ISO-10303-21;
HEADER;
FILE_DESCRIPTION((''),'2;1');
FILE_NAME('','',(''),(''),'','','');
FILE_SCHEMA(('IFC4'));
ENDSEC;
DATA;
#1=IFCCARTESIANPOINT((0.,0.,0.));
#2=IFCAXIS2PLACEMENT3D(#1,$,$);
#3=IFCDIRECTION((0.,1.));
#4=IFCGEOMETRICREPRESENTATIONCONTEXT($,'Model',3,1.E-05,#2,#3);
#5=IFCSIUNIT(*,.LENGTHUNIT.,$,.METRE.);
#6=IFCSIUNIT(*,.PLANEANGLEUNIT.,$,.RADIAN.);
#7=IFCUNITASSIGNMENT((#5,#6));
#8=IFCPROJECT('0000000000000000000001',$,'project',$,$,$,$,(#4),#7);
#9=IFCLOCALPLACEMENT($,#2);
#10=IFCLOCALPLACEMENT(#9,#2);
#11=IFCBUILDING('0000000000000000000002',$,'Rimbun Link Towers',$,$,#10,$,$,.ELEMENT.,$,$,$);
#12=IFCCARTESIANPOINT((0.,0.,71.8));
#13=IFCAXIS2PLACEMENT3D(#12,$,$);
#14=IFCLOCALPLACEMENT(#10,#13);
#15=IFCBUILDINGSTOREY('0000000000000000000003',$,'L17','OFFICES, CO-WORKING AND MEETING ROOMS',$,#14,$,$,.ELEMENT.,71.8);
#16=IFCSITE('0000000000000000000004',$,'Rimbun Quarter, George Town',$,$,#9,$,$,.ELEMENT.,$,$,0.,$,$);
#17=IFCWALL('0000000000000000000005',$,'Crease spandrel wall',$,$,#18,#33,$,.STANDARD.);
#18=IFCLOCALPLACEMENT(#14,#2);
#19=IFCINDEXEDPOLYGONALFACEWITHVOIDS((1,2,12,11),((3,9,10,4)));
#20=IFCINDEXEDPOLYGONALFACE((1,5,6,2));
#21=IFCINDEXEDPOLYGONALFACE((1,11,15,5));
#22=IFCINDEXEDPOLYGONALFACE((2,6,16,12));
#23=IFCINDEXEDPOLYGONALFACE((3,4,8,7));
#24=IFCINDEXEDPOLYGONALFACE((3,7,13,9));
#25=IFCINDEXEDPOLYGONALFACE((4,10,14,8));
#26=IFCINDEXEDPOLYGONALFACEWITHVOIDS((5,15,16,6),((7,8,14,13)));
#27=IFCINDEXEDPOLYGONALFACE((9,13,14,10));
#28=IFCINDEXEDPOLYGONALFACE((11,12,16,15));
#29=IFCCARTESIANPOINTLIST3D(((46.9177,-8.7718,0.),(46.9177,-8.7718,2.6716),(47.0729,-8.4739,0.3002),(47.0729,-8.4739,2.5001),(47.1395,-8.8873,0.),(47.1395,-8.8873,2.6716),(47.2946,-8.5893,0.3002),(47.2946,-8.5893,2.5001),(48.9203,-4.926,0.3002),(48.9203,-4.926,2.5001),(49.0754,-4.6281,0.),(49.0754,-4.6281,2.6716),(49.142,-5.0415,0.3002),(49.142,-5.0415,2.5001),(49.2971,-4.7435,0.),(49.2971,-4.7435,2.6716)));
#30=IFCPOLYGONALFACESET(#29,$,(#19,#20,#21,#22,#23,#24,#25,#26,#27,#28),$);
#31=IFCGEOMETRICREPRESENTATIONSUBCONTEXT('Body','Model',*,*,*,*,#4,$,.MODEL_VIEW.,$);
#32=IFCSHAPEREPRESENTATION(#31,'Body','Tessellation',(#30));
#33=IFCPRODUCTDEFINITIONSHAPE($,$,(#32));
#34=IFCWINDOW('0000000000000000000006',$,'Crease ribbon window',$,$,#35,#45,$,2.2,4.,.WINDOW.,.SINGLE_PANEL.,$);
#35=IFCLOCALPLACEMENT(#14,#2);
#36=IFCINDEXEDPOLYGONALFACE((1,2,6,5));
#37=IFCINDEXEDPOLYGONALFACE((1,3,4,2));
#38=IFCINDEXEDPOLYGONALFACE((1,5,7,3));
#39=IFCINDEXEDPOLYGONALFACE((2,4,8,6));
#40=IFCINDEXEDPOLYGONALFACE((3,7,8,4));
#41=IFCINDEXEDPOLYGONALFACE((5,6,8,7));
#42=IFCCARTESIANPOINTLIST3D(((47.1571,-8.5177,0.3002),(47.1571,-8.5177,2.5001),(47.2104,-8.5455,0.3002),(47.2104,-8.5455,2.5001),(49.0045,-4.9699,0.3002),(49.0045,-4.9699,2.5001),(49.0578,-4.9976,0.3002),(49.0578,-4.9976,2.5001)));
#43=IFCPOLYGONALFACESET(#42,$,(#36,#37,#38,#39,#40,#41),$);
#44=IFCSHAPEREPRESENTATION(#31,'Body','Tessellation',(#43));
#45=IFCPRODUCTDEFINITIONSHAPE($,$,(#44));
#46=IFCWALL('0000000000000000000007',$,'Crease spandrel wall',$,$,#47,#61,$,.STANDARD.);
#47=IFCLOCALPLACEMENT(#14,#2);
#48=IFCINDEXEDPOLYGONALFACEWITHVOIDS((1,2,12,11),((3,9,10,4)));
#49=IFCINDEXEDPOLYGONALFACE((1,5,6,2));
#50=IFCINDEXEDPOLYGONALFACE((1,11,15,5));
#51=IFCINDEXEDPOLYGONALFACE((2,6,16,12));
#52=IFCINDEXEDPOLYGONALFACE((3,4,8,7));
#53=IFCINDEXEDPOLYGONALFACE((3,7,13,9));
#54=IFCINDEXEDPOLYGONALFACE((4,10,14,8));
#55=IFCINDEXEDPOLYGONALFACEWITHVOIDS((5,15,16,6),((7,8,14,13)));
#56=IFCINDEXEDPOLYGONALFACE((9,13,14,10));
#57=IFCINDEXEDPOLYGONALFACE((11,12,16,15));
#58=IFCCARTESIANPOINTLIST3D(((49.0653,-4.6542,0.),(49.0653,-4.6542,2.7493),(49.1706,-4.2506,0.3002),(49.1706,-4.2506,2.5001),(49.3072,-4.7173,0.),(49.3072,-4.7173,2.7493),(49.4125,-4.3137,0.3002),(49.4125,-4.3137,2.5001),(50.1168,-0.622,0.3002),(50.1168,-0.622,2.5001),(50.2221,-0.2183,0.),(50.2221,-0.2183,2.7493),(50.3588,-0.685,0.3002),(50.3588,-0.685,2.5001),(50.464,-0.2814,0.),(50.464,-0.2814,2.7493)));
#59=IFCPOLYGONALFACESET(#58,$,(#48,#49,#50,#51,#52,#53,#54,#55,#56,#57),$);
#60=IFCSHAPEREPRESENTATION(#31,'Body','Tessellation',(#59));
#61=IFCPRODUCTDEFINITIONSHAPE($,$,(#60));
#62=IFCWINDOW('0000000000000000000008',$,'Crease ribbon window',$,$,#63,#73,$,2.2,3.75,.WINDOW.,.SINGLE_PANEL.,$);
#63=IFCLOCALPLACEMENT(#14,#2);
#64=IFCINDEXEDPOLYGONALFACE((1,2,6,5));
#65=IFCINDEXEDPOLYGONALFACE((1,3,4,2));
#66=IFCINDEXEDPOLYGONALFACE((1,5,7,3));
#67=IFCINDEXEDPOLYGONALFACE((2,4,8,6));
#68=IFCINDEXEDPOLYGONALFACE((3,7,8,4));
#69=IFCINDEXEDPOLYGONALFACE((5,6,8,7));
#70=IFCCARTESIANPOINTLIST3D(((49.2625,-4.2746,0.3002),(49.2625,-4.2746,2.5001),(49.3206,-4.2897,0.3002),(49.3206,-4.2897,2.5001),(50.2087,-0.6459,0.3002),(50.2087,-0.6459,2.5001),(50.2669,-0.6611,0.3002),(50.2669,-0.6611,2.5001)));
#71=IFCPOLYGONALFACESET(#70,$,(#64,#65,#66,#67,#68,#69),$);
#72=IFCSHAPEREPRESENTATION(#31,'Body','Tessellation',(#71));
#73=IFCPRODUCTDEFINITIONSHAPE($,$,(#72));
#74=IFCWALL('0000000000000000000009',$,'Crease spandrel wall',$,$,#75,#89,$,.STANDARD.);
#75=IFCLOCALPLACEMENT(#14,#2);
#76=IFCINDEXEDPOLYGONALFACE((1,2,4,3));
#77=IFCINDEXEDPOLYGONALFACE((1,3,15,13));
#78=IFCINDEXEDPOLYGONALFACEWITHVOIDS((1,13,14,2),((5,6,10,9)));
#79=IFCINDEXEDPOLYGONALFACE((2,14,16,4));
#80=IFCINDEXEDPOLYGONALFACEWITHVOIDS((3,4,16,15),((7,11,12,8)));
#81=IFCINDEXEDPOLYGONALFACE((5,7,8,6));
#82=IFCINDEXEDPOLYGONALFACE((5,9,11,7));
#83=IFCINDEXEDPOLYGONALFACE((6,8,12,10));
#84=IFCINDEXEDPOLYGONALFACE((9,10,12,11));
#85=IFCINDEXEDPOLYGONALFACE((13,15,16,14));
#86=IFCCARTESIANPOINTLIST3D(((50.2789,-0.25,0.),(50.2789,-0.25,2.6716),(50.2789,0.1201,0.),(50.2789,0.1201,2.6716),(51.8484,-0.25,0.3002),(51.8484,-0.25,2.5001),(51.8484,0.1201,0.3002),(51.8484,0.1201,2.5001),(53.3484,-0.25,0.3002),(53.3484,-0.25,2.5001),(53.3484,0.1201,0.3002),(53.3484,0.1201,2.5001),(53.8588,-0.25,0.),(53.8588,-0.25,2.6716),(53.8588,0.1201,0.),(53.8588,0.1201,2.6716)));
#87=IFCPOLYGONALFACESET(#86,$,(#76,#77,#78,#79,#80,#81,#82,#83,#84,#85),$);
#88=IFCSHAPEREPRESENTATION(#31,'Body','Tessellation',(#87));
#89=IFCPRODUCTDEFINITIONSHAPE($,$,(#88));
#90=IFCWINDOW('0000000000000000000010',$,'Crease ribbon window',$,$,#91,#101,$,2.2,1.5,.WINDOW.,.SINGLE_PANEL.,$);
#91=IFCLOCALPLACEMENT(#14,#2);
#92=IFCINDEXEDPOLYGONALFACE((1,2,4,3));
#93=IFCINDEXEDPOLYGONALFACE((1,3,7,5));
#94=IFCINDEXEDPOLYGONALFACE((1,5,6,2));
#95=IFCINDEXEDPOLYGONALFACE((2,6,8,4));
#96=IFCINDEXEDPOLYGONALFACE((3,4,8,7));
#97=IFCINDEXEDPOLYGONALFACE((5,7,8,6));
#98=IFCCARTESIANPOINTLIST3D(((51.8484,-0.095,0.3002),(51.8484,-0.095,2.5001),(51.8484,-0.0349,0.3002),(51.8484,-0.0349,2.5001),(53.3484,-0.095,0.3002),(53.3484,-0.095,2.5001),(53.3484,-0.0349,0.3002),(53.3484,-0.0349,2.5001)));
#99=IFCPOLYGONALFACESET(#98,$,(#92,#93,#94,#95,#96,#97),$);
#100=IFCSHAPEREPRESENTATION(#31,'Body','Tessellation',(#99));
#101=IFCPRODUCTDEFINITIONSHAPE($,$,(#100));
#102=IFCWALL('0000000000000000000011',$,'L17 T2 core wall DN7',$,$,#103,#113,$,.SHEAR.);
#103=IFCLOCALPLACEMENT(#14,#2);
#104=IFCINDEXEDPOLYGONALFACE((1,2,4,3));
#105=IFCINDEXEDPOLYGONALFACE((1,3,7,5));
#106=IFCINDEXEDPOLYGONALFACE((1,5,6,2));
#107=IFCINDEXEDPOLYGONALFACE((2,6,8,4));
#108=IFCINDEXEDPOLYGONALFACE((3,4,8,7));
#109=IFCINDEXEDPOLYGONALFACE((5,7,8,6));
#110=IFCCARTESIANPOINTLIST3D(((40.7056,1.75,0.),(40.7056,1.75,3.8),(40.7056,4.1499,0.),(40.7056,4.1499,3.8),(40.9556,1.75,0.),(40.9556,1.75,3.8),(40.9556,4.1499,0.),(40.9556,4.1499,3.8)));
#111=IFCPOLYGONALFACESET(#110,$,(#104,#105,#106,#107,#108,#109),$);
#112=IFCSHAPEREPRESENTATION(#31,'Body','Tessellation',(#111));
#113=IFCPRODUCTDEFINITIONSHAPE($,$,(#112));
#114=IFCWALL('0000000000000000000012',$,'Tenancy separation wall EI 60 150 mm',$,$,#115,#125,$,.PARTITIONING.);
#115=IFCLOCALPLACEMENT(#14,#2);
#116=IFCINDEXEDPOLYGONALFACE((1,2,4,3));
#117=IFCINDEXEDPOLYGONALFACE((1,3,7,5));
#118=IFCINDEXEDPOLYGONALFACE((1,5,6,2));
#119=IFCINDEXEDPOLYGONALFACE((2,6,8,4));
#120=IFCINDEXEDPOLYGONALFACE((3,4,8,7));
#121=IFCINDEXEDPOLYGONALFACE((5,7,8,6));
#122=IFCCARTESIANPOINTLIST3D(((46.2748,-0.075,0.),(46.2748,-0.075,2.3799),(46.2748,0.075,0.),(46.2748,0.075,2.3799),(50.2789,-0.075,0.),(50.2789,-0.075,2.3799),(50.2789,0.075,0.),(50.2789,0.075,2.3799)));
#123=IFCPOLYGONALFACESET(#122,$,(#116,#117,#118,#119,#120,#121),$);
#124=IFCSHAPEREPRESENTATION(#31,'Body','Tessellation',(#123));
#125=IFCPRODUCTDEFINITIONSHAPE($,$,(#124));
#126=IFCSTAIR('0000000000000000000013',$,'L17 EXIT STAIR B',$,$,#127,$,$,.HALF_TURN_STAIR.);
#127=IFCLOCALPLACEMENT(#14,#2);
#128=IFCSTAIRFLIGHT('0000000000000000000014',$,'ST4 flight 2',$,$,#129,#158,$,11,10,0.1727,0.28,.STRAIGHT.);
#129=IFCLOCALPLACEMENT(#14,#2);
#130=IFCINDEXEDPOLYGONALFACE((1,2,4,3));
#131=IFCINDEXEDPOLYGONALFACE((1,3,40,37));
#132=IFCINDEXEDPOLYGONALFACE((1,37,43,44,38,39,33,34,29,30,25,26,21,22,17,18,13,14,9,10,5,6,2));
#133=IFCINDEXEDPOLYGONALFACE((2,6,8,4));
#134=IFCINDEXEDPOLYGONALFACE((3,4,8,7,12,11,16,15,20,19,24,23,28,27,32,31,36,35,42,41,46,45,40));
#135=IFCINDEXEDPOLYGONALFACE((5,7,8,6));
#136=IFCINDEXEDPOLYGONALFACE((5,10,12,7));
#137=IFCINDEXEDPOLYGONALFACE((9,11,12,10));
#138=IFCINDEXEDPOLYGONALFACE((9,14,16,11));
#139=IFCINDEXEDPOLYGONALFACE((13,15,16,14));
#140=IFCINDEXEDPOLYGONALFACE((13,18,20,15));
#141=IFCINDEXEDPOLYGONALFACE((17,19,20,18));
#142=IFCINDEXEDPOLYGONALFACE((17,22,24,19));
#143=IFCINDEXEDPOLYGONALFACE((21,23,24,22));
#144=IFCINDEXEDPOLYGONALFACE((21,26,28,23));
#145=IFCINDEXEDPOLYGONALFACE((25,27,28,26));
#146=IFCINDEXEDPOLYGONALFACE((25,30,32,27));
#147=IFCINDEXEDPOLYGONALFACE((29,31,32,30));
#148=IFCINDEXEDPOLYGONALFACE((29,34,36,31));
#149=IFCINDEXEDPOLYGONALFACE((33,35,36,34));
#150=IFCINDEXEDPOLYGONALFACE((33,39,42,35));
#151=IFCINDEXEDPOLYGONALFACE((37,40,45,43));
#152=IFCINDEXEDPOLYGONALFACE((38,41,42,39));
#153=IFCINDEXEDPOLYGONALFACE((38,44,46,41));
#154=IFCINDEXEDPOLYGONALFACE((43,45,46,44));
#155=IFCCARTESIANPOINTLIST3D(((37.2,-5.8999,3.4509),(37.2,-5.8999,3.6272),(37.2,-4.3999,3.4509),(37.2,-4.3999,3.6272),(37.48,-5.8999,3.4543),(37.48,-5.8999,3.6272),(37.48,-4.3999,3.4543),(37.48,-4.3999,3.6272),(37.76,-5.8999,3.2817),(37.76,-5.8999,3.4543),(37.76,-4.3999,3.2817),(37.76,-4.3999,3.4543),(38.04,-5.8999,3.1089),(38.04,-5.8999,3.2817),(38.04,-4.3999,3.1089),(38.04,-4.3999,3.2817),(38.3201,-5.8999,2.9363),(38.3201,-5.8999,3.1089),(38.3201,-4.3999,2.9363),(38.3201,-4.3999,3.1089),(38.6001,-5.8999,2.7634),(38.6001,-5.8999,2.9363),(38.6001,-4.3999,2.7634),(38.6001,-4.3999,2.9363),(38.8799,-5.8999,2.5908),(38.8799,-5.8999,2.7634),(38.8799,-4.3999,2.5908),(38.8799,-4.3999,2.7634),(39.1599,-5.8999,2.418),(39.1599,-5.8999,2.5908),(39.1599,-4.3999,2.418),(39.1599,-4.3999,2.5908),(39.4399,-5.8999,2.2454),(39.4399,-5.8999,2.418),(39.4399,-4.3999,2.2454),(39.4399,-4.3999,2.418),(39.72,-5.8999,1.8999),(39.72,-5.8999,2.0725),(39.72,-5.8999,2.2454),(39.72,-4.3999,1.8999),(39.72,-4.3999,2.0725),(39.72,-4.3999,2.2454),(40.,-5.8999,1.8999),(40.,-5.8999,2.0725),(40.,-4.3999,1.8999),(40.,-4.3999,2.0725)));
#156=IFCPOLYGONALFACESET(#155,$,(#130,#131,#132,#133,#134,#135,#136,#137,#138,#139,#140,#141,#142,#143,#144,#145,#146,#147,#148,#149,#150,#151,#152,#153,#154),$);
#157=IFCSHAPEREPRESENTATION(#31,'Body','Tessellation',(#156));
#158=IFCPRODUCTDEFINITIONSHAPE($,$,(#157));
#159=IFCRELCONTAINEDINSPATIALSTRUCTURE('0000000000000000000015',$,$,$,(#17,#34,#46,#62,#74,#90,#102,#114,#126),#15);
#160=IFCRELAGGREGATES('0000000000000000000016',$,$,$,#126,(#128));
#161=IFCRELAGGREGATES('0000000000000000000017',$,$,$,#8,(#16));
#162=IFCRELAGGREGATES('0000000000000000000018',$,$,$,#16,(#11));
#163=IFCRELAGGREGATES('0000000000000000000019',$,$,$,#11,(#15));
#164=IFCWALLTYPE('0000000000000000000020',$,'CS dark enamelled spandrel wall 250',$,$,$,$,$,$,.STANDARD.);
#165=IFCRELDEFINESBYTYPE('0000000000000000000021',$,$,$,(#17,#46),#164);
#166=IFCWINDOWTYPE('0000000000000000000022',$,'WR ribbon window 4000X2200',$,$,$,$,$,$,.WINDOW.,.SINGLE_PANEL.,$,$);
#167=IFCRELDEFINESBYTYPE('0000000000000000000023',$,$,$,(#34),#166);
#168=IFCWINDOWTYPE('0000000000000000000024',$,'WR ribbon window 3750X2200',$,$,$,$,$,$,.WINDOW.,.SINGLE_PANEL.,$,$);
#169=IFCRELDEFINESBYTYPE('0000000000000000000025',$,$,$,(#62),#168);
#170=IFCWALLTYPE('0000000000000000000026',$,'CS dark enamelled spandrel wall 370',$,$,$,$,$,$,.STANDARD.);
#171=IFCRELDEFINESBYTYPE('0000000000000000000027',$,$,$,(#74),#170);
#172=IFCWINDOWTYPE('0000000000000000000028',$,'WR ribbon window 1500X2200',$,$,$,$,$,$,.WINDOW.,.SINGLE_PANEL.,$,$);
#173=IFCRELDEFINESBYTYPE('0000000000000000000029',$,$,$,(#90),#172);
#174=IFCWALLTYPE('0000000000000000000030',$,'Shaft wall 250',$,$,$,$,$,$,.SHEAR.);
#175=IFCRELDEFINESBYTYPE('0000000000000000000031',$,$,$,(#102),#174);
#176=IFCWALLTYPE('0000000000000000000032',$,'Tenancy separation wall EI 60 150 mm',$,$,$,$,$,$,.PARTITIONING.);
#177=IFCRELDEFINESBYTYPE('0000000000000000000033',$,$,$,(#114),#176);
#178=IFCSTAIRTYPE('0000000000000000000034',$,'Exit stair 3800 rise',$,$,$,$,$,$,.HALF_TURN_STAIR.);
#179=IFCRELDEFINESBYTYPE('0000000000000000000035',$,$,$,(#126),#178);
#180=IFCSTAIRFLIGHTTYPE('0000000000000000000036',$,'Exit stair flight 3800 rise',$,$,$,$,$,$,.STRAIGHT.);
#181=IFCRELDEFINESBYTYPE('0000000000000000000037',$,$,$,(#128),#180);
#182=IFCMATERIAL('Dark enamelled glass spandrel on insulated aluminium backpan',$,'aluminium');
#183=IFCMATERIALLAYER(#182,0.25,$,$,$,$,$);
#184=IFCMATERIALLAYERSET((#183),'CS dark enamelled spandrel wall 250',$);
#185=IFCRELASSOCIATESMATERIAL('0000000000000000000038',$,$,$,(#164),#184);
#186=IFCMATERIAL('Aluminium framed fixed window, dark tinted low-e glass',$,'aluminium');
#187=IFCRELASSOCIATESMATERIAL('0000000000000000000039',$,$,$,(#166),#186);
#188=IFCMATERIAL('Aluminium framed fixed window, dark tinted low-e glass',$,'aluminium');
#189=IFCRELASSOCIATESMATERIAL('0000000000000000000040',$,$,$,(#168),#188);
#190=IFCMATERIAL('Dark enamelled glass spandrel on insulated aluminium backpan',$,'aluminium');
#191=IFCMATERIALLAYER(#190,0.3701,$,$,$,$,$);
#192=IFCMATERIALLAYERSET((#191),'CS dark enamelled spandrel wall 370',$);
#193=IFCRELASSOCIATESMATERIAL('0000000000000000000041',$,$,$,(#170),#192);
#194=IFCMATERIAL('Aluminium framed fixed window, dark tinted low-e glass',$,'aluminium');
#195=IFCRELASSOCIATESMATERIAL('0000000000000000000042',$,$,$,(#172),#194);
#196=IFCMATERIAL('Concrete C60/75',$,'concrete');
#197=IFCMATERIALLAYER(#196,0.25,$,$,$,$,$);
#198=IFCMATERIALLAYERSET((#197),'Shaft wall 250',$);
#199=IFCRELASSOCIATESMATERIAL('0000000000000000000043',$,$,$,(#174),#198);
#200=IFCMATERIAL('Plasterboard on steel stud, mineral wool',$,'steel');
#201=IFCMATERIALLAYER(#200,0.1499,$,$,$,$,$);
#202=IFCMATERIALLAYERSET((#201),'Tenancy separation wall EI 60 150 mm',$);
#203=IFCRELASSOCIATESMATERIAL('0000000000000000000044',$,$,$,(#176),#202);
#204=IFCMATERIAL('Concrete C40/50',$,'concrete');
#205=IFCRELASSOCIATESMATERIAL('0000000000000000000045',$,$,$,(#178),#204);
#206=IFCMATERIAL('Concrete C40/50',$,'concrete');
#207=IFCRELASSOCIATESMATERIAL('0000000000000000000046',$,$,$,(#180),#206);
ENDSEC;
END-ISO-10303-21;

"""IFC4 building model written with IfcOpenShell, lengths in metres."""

from ifc_helpers import new_model, si_unit, direction, frame, frame_2d, origin, place, context, subcontext, project, spatial, polyline, rectangle, outline, extrude, material, layer, layer_set, type_object, element, fill, aggregate, save


model = new_model("IFC4")

# Units and contexts
model_context = context("Model", 3, precision=1e-05, world=origin(), true_north=direction((0.0, 1.0)))
body_context = subcontext(model_context, "Body", "Model", "MODEL_VIEW")
ifc_project = project(units=[si_unit("LENGTHUNIT", "METRE"), si_unit("PLANEANGLEUNIT", "RADIAN")], contexts=[model_context])

# Site, building, storey
site_placement = place(None, origin())
site = spatial("IfcSite", under=ifc_project, at=site_placement, Name="Rimbun Quarter, George Town", CompositionType="ELEMENT", RefElevation=0.0)
building_placement = place(site_placement, origin())
building = spatial("IfcBuilding", under=site, at=building_placement, Name="Rimbun Link Towers", CompositionType="ELEMENT")
storey_placement = place(building_placement, frame((0.0, 0.0, 71.8)))
storey = spatial("IfcBuildingStorey", under=building, at=storey_placement, Name="L17", Description="OFFICES, CO-WORKING AND MEETING ROOMS", CompositionType="ELEMENT", Elevation=71.8)

# Walls, openings, windows
ifc_material_1 = material(Name="Dark enamelled glass spandrel on insulated aluminium backpan", Category="aluminium")
ifc_layer_1 = layer(ifc_material_1, 0.25)
ifc_layer_set_1 = layer_set([ifc_layer_1], Name="CS dark enamelled spandrel wall 250")
wall_type_1 = type_object("IfcWallType", Name="CS dark enamelled spandrel wall 250", PredefinedType="STANDARD", material=ifc_layer_set_1)
wall_1_placement = place(storey_placement, frame((49.1863, -4.6858, 0.0), z_axis=(0.0, 0.0, 1.0), x_axis=(-0.461848, -0.886959, 0.0)))
wall_1 = element("IfcWall", 1, at=wall_1_placement, inside=storey, type_object=wall_type_1, Name="Crease spandrel wall", PredefinedType="STANDARD", context=body_context, shape_type="SweptSolid", body=[
    extrude(rectangle(XDim=4.6719, YDim=0.25, at=frame_2d((2.3359, 0.0))), origin(), (0.0, 0.0, 1.0), 2.6716),
])
opening_1_placement = place(wall_1_placement, frame((0.3359, 0.0, 0.3)))
opening_1 = element("IfcOpeningElement", 2, at=opening_1_placement, cuts=wall_1, PredefinedType="OPENING", context=body_context, shape_type="SweptSolid", body=[
    extrude(rectangle(XDim=4.0, YDim=2.2, at=frame_2d((2.0, 1.1001))), frame((0.0, 0.135, 0.0), z_axis=(0.0, -1.0, 0.0), x_axis=(1.0, 0.0, 0.0)), (0.0, 0.0, 1.0), 0.27),
])
ifc_material_2 = material(Name="Aluminium framed fixed window, dark tinted low-e glass", Category="aluminium")
window_type_1 = type_object("IfcWindowType", Name="WR ribbon window 4000X2200", PartitioningType="SINGLE_PANEL", PredefinedType="WINDOW", material=ifc_material_2)
window_1_placement = place(opening_1_placement, origin())
window_1 = element("IfcWindow", 3, at=window_1_placement, inside=storey, type_object=window_type_1, Name="Crease ribbon window", OverallHeight=2.2, OverallWidth=4.0, PartitioningType="SINGLE_PANEL", PredefinedType="WINDOW", context=body_context, shape_type="SweptSolid", body=[
    extrude(rectangle(XDim=4.0, YDim=2.2, at=frame_2d((2.0, 1.1001))), frame((0.0, 0.03, 0.0), z_axis=(0.0, -1.0, 0.0), x_axis=(1.0, 0.0, 0.0)), (0.0, 0.0, 1.0), 0.0601),
])
fill(opening_1, window_1)
wall_2_placement = place(storey_placement, frame((50.343, -0.25, 0.0), z_axis=(0.0, 0.0, 1.0), x_axis=(-0.252335, -0.96764, 0.0)))
wall_2 = element("IfcWall", 4, at=wall_2_placement, inside=storey, type_object=wall_type_1, Name="Crease spandrel wall", PredefinedType="STANDARD", context=body_context, shape_type="SweptSolid", body=[
    extrude(rectangle(XDim=4.5842, YDim=0.25, at=frame_2d((2.292, 0.0))), origin(), (0.0, 0.0, 1.0), 2.7493),
])
opening_2_placement = place(wall_2_placement, frame((0.417, 0.0, 0.3)))
opening_2 = element("IfcOpeningElement", 5, at=opening_2_placement, cuts=wall_2, PredefinedType="OPENING", context=body_context, shape_type="SweptSolid", body=[
    extrude(rectangle(XDim=3.75, YDim=2.2, at=frame_2d((1.875, 1.1001))), frame((0.0, 0.135, 0.0), z_axis=(0.0, -1.0, 0.0), x_axis=(1.0, 0.0, 0.0)), (0.0, 0.0, 1.0), 0.27),
])
ifc_material_3 = material(Name="Aluminium framed fixed window, dark tinted low-e glass", Category="aluminium")
window_type_2 = type_object("IfcWindowType", Name="WR ribbon window 3750X2200", PartitioningType="SINGLE_PANEL", PredefinedType="WINDOW", material=ifc_material_3)
window_2_placement = place(opening_2_placement, origin())
window_2 = element("IfcWindow", 6, at=window_2_placement, inside=storey, type_object=window_type_2, Name="Crease ribbon window", OverallHeight=2.2, OverallWidth=3.75, PartitioningType="SINGLE_PANEL", PredefinedType="WINDOW", context=body_context, shape_type="SweptSolid", body=[
    extrude(rectangle(XDim=3.75, YDim=2.2, at=frame_2d((1.875, 1.1001))), frame((0.0, 0.03, 0.0), z_axis=(0.0, -1.0, 0.0), x_axis=(1.0, 0.0, 0.0)), (0.0, 0.0, 1.0), 0.0601),
])
fill(opening_2, window_2)
ifc_material_4 = material(Name="Dark enamelled glass spandrel on insulated aluminium backpan", Category="aluminium")
ifc_layer_2 = layer(ifc_material_4, 0.3701)
ifc_layer_set_2 = layer_set([ifc_layer_2], Name="CS dark enamelled spandrel wall 370")
wall_type_2 = type_object("IfcWallType", Name="CS dark enamelled spandrel wall 370", PredefinedType="STANDARD", material=ifc_layer_set_2)
wall_3_placement = place(storey_placement, frame((53.8589, -0.0649, 0.0), z_axis=(0.0, 0.0, 1.0), x_axis=(-1.0, 0.0, 0.0)))
wall_3 = element("IfcWall", 7, at=wall_3_placement, inside=storey, type_object=wall_type_2, Name="Crease spandrel wall", PredefinedType="STANDARD", context=body_context, shape_type="SweptSolid", body=[
    extrude(rectangle(XDim=3.5798, YDim=0.3701, at=frame_2d((1.79, 0.0))), origin(), (0.0, 0.0, 1.0), 2.6716),
])
opening_3_placement = place(wall_3_placement, frame((0.5105, 0.0, 0.3)))
opening_3 = element("IfcOpeningElement", 8, at=opening_3_placement, cuts=wall_3, PredefinedType="OPENING", context=body_context, shape_type="SweptSolid", body=[
    extrude(rectangle(XDim=1.5, YDim=2.2, at=frame_2d((0.75, 1.1001))), frame((0.0, 0.1951, 0.0), z_axis=(0.0, -1.0, 0.0), x_axis=(1.0, 0.0, 0.0)), (0.0, 0.0, 1.0), 0.3901),
])
ifc_material_5 = material(Name="Aluminium framed fixed window, dark tinted low-e glass", Category="aluminium")
window_type_3 = type_object("IfcWindowType", Name="WR ribbon window 1500X2200", PartitioningType="SINGLE_PANEL", PredefinedType="WINDOW", material=ifc_material_5)
window_3_placement = place(opening_3_placement, origin())
window_3 = element("IfcWindow", 9, at=window_3_placement, inside=storey, type_object=window_type_3, Name="Crease ribbon window", OverallHeight=2.2, OverallWidth=1.5, PartitioningType="SINGLE_PANEL", PredefinedType="WINDOW", context=body_context, shape_type="SweptSolid", body=[
    extrude(rectangle(XDim=1.5, YDim=2.2, at=frame_2d((0.75, 1.1001))), frame((0.0, 0.03, 0.0), z_axis=(0.0, -1.0, 0.0), x_axis=(1.0, 0.0, 0.0)), (0.0, 0.0, 1.0), 0.0601),
])
fill(opening_3, window_3)

# Walls
ifc_material_6 = material(Name="Concrete C60/75", Category="concrete")
ifc_layer_3 = layer(ifc_material_6, 0.25)
ifc_layer_set_3 = layer_set([ifc_layer_3], Name="Shaft wall 250")
wall_type_3 = type_object("IfcWallType", Name="Shaft wall 250", PredefinedType="SHEAR", material=ifc_layer_set_3)
wall_4_placement = place(storey_placement, frame((40.8306, 1.75, 0.0), z_axis=(0.0, 0.0, 1.0), x_axis=(0.0, 1.0, 0.0)))
element("IfcWall", 10, at=wall_4_placement, inside=storey, type_object=wall_type_3, Name="L17 T2 core wall DN7", PredefinedType="SHEAR", context=body_context, shape_type="SweptSolid", body=[
    extrude(rectangle(XDim=2.3999, YDim=0.25, at=frame_2d((1.2, 0.0))), origin(), (0.0, 0.0, 1.0), 3.8),
])
ifc_material_7 = material(Name="Plasterboard on steel stud, mineral wool", Category="steel")
ifc_layer_4 = layer(ifc_material_7, 0.1499)
ifc_layer_set_4 = layer_set([ifc_layer_4], Name="Tenancy separation wall EI 60 150 mm")
wall_type_4 = type_object("IfcWallType", Name="Tenancy separation wall EI 60 150 mm", PredefinedType="PARTITIONING", material=ifc_layer_set_4)
wall_5_placement = place(storey_placement, frame((46.2749, 0.0, 0.0), z_axis=(0.0, 0.0, 1.0), x_axis=(1.0, 0.0, 0.0)))
element("IfcWall", 11, at=wall_5_placement, inside=storey, type_object=wall_type_4, Name="Tenancy separation wall EI 60 150 mm", PredefinedType="PARTITIONING", context=body_context, shape_type="SweptSolid", body=[
    extrude(rectangle(XDim=4.0042, YDim=0.1499, at=frame_2d((2.002, 0.0))), origin(), (0.0, 0.0, 1.0), 2.3799),
])

# Stair, stair flight
ifc_material_8 = material(Name="Concrete C40/50", Category="concrete")
stair_type = type_object("IfcStairType", Name="Exit stair 3800 rise", PredefinedType="HALF_TURN_STAIR", material=ifc_material_8)
stair_placement = place(storey_placement, origin())
stair = element("IfcStair", 12, at=stair_placement, inside=storey, type_object=stair_type, Name="L17 EXIT STAIR B", PredefinedType="HALF_TURN_STAIR")
ifc_material_9 = material(Name="Concrete C40/50", Category="concrete")
stair_flight_type = type_object("IfcStairFlightType", Name="Exit stair flight 3800 rise", PredefinedType="STRAIGHT", material=ifc_material_9)
stair_flight_placement = place(storey_placement, frame((40.0, -5.1499, 1.8999), z_axis=(0.0, 0.0, 1.0), x_axis=(-1.0, 0.0, 0.0)))
stair_flight = element("IfcStairFlight", 13, at=stair_flight_placement, type_object=stair_flight_type, Name="ST4 flight 2", NumberOfRisers=11, NumberOfTreads=10, PredefinedType="STRAIGHT", RiserHeight=0.1727, TreadLength=0.28, context=body_context, shape_type="SweptSolid", body=[
    extrude(outline(polyline([(0.0, 0.0), (0.0, 0.1726), (0.28, 0.1726), (0.28, 0.3455), (0.5601, 0.3455), (0.5601, 0.5181), (0.8401, 0.5181), (0.8401, 0.6909), (1.1201, 0.6909), (1.1201, 0.8635), (1.3999, 0.8635), (1.3999, 1.0364), (1.6799, 1.0364), (1.6799, 1.209), (1.96, 1.209), (1.96, 1.3818), (2.24, 1.3818), (2.24, 1.5544), (2.52, 1.5544), (2.52, 1.7273), (2.8, 1.7273), (2.8, 1.8999), (2.8, 1.551), (0.28, 0.0), (0.0, 0.0)])), frame((0.0, 0.75, 0.0), z_axis=(0.0, -1.0, 0.0), x_axis=(1.0, 0.0, 0.0)), (0.0, 0.0, 1.0), 1.5),
])
aggregate(stair, [stair_flight])

save(model, "model.ifc")
